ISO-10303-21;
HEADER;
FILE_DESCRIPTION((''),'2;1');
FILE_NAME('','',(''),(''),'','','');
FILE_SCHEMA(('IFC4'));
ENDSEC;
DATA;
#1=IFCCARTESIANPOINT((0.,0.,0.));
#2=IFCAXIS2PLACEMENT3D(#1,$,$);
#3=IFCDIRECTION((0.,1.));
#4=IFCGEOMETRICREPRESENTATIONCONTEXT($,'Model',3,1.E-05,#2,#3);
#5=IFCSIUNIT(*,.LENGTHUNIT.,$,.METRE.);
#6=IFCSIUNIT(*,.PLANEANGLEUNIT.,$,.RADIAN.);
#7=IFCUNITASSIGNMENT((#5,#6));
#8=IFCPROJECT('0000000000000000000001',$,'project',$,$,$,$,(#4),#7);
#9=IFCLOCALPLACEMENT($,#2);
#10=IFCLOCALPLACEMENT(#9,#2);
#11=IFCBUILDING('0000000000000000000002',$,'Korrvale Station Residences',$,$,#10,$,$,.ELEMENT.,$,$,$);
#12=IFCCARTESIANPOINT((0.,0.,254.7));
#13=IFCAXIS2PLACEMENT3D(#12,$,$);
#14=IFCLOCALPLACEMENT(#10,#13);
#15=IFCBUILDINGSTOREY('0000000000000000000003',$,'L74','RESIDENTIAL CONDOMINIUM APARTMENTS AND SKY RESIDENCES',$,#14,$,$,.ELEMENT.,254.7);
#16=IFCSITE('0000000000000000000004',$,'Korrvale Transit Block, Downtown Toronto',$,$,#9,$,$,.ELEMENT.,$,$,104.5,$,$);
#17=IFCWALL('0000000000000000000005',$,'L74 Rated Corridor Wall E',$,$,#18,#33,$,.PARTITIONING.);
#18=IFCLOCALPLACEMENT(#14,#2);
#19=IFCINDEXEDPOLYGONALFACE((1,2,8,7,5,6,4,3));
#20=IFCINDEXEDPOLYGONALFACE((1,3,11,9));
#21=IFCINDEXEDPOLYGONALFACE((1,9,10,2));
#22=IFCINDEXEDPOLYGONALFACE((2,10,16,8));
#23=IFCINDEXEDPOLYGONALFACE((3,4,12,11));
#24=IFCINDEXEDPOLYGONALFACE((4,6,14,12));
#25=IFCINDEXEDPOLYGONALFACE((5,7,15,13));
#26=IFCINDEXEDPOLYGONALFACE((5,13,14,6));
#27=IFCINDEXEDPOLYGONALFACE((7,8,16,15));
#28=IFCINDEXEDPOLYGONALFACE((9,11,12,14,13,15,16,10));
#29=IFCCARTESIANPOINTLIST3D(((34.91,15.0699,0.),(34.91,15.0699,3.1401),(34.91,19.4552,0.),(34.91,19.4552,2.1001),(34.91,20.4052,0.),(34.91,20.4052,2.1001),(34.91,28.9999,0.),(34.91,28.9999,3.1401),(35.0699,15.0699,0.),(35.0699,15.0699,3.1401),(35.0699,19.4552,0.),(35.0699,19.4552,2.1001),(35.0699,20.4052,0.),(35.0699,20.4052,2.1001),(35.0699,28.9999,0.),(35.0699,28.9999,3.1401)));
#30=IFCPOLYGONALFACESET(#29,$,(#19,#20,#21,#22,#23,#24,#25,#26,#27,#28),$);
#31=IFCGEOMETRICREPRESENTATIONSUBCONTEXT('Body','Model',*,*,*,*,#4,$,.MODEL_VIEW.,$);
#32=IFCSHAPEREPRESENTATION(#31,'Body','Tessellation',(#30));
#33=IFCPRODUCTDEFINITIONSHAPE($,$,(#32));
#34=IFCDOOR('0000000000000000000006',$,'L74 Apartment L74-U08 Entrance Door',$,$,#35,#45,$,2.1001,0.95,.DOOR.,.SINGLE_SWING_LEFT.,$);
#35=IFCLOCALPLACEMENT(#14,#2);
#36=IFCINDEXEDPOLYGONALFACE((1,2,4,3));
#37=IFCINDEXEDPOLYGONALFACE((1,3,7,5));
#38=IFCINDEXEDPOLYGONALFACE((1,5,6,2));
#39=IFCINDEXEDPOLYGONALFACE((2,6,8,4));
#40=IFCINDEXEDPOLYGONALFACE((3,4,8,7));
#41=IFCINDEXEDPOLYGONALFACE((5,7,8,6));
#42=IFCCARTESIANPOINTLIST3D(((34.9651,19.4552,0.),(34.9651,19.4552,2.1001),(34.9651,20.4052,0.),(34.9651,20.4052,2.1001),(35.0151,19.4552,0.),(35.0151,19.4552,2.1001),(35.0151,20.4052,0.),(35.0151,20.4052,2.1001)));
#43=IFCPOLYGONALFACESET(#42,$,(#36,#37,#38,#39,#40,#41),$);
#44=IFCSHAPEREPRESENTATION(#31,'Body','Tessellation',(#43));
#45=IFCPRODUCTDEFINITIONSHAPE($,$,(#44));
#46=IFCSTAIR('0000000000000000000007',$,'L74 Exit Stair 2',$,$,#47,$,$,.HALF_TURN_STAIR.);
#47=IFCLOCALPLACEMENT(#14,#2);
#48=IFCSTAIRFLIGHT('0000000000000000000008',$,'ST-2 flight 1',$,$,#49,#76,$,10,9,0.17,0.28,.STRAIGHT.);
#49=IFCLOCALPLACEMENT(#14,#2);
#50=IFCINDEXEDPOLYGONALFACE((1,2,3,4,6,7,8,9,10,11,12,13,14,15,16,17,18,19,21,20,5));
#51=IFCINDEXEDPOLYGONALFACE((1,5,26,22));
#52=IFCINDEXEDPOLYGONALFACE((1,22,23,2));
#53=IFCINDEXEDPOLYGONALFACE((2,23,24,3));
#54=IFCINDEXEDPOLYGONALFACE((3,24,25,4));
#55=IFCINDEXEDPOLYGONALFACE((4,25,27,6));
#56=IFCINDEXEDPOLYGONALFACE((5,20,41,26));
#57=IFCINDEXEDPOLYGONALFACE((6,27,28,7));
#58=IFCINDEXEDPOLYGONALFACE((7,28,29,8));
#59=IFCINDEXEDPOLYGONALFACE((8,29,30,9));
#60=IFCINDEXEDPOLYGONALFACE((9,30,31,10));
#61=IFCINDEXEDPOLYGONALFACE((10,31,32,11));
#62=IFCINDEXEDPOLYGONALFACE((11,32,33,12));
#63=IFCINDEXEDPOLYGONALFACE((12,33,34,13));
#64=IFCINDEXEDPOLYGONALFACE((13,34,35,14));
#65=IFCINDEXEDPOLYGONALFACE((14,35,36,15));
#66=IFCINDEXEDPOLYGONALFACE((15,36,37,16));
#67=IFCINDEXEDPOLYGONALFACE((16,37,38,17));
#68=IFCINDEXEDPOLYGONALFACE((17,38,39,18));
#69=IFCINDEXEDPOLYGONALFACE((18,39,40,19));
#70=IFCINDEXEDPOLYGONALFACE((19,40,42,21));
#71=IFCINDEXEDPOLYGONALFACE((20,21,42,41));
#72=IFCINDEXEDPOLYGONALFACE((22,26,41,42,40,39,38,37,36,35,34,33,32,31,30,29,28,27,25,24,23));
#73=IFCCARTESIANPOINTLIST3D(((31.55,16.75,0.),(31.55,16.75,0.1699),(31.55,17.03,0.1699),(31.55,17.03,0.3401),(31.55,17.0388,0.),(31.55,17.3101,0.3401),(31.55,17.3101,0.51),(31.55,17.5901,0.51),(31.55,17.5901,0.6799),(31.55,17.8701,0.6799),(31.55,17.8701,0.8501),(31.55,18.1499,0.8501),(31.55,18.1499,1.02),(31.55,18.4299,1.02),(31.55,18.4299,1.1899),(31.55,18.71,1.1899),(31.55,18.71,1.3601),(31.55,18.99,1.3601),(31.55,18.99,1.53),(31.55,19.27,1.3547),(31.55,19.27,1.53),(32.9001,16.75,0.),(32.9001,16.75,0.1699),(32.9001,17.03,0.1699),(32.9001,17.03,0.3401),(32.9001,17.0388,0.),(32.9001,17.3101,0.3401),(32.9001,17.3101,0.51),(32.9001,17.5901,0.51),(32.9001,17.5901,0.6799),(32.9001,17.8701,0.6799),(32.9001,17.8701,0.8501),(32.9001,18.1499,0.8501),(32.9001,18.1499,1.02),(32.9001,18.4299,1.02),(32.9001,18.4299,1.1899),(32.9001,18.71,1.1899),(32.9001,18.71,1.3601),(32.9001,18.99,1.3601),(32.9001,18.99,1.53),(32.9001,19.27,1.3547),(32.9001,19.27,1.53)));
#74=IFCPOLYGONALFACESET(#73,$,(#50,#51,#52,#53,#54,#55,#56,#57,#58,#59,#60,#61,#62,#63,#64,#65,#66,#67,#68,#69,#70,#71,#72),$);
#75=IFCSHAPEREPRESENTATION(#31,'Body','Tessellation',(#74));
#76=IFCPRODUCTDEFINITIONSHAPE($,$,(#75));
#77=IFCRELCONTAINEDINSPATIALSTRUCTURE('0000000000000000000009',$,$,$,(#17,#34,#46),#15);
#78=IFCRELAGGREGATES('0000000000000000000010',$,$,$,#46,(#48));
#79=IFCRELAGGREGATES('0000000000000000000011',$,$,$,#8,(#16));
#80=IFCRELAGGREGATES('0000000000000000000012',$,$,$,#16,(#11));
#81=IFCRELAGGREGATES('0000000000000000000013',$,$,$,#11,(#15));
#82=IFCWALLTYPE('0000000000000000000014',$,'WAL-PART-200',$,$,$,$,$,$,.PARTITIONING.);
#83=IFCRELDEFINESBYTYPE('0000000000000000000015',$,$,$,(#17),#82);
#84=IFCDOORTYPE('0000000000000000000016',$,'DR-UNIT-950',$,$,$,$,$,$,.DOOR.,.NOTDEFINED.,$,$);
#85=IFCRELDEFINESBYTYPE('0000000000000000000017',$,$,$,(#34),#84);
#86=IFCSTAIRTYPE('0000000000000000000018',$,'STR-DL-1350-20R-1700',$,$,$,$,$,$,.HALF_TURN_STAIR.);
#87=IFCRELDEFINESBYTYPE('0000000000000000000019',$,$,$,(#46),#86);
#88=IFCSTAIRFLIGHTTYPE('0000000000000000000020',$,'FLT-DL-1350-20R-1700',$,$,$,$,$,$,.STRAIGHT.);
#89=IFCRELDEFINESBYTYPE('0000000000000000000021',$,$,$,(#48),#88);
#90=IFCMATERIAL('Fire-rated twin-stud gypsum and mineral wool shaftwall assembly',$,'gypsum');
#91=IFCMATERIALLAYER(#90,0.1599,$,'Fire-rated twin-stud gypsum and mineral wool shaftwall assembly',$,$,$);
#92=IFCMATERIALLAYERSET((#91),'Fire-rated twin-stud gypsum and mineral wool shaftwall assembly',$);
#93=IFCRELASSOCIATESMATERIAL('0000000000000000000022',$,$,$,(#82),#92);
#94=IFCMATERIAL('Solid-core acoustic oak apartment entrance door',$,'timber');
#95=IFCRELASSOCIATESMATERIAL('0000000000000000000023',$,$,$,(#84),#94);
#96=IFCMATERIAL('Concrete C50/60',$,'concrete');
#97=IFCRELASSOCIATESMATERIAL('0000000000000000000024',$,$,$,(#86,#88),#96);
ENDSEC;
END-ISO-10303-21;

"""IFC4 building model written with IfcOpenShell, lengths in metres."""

from ifc_helpers import new_model, si_unit, direction, frame, frame_2d, origin, place, context, subcontext, project, spatial, polyline, rectangle, outline, extrude, material, layer, layer_set, type_object, element, fill, aggregate, save


model = new_model("IFC4")

# Units and contexts
model_context = context("Model", 3, precision=1e-05, world=origin(), true_north=direction((0.0, 1.0)))
body_context = subcontext(model_context, "Body", "Model", "MODEL_VIEW")
ifc_project = project(units=[si_unit("LENGTHUNIT", "METRE"), si_unit("PLANEANGLEUNIT", "RADIAN")], contexts=[model_context])

# Site, building, storey
site_placement = place(None, origin())
site = spatial("IfcSite", under=ifc_project, at=site_placement, Name="Korrvale Transit Block, Downtown Toronto", CompositionType="ELEMENT", RefElevation=104.5)
building_placement = place(site_placement, origin())
building = spatial("IfcBuilding", under=site, at=building_placement, Name="Korrvale Station Residences", CompositionType="ELEMENT")
storey_placement = place(building_placement, frame((0.0, 0.0, 254.7)))
storey = spatial("IfcBuildingStorey", under=building, at=storey_placement, Name="L74", Description="RESIDENTIAL CONDOMINIUM APARTMENTS AND SKY RESIDENCES", CompositionType="ELEMENT", Elevation=254.7)

# Shared definitions
ifc_material_1 = material(Name="Concrete C50/60", Category="concrete")

# Shared definitions
ifc_material_2 = material(Name="Fire-rated twin-stud gypsum and mineral wool shaftwall assembly", Category="gypsum")
ifc_layer_1 = layer(ifc_material_2, 0.1599, Name="Fire-rated twin-stud gypsum and mineral wool shaftwall assembly")
ifc_layer_set_1 = layer_set([ifc_layer_1], Name="Fire-rated twin-stud gypsum and mineral wool shaftwall assembly")
wall_type_1 = type_object("IfcWallType", Name="WAL-PART-200", PredefinedType="PARTITIONING", material=ifc_layer_set_1)

# Wall, opening, door
wall_1_placement = place(storey_placement, frame((34.99, 15.0701, 0.0), z_axis=(0.0, 0.0, 1.0), x_axis=(0.0, 1.0, 0.0)))
wall_1 = element("IfcWall", 1, at=wall_1_placement, inside=storey, type_object=wall_type_1, Name="L74 Rated Corridor Wall E", PredefinedType="PARTITIONING", context=body_context, shape_type="SweptSolid", body=[
    extrude(rectangle(XDim=13.9299, YDim=0.1599, at=frame_2d((6.9648, 0.0))), origin(), (0.0, 0.0, 1.0), 3.1401),
])
opening_1_placement = place(wall_1_placement, frame((4.385, 0.0, 0.0)))
opening_1 = element("IfcOpeningElement", 2, at=opening_1_placement, cuts=wall_1, PredefinedType="OPENING", context=body_context, shape_type="SweptSolid", body=[
    extrude(rectangle(XDim=0.95, YDim=2.1001, at=frame_2d((0.4751, 1.05))), frame((0.0, 0.0898, 0.0), z_axis=(0.0, -1.0, 0.0), x_axis=(1.0, 0.0, 0.0)), (0.0, 0.0, 1.0), 0.1799),
])
ifc_material_3 = material(Name="Solid-core acoustic oak apartment entrance door", Category="timber")
door_type_1 = type_object("IfcDoorType", Name="DR-UNIT-950", OperationType="NOTDEFINED", PredefinedType="DOOR", material=ifc_material_3)
door_1_placement = place(opening_1_placement, origin())
door_1 = element("IfcDoor", 3, at=door_1_placement, inside=storey, type_object=door_type_1, Name="L74 Apartment L74-U08 Entrance Door", OperationType="SINGLE_SWING_LEFT", OverallHeight=2.1001, OverallWidth=0.95, PredefinedType="DOOR", context=body_context, shape_type="SweptSolid", body=[
    extrude(rectangle(XDim=0.95, YDim=2.1001, at=frame_2d((0.4751, 1.05))), frame((0.0, 0.0249, 0.0), z_axis=(0.0, -1.0, 0.0), x_axis=(1.0, 0.0, 0.0)), (0.0, 0.0, 1.0), 0.05),
])
fill(opening_1, door_1)

# Stair, stair flight
stair_type = type_object("IfcStairType", Name="STR-DL-1350-20R-1700", PredefinedType="HALF_TURN_STAIR", material=ifc_material_1)
stair_placement = place(storey_placement, origin())
stair = element("IfcStair", 4, at=stair_placement, inside=storey, type_object=stair_type, Name="L74 Exit Stair 2", PredefinedType="HALF_TURN_STAIR")
stair_flight_type = type_object("IfcStairFlightType", Name="FLT-DL-1350-20R-1700", PredefinedType="STRAIGHT", material=ifc_material_1)
stair_flight_placement = place(storey_placement, frame((32.2251, 16.75, 0.0), z_axis=(0.0, 0.0, 1.0), x_axis=(0.0, 1.0, 0.0)))
stair_flight = element("IfcStairFlight", 5, at=stair_flight_placement, type_object=stair_flight_type, Name="ST-2 flight 1", NumberOfRisers=10, NumberOfTreads=9, PredefinedType="STRAIGHT", RiserHeight=0.17, TreadLength=0.28, context=body_context, shape_type="SweptSolid", body=[
    extrude(outline(polyline([(0.0, 0.0), (0.0, 0.1699), (0.28, 0.1699), (0.28, 0.3401), (0.5601, 0.3401), (0.5601, 0.51), (0.8401, 0.51), (0.8401, 0.6799), (1.1201, 0.6799), (1.1201, 0.8501), (1.3999, 0.8501), (1.3999, 1.02), (1.6799, 1.02), (1.6799, 1.1899), (1.96, 1.1899), (1.96, 1.3601), (2.24, 1.3601), (2.24, 1.53), (2.52, 1.53), (2.52, 1.7), (2.52, 1.3547), (0.2888, 0.0), (0.0, 0.0)])), frame((0.0, 0.675, 0.0), z_axis=(0.0, -1.0, 0.0), x_axis=(1.0, 0.0, 0.0)), (0.0, 0.0, 1.0), 1.3501),
])
aggregate(stair, [stair_flight])

save(model, "model.ifc")
